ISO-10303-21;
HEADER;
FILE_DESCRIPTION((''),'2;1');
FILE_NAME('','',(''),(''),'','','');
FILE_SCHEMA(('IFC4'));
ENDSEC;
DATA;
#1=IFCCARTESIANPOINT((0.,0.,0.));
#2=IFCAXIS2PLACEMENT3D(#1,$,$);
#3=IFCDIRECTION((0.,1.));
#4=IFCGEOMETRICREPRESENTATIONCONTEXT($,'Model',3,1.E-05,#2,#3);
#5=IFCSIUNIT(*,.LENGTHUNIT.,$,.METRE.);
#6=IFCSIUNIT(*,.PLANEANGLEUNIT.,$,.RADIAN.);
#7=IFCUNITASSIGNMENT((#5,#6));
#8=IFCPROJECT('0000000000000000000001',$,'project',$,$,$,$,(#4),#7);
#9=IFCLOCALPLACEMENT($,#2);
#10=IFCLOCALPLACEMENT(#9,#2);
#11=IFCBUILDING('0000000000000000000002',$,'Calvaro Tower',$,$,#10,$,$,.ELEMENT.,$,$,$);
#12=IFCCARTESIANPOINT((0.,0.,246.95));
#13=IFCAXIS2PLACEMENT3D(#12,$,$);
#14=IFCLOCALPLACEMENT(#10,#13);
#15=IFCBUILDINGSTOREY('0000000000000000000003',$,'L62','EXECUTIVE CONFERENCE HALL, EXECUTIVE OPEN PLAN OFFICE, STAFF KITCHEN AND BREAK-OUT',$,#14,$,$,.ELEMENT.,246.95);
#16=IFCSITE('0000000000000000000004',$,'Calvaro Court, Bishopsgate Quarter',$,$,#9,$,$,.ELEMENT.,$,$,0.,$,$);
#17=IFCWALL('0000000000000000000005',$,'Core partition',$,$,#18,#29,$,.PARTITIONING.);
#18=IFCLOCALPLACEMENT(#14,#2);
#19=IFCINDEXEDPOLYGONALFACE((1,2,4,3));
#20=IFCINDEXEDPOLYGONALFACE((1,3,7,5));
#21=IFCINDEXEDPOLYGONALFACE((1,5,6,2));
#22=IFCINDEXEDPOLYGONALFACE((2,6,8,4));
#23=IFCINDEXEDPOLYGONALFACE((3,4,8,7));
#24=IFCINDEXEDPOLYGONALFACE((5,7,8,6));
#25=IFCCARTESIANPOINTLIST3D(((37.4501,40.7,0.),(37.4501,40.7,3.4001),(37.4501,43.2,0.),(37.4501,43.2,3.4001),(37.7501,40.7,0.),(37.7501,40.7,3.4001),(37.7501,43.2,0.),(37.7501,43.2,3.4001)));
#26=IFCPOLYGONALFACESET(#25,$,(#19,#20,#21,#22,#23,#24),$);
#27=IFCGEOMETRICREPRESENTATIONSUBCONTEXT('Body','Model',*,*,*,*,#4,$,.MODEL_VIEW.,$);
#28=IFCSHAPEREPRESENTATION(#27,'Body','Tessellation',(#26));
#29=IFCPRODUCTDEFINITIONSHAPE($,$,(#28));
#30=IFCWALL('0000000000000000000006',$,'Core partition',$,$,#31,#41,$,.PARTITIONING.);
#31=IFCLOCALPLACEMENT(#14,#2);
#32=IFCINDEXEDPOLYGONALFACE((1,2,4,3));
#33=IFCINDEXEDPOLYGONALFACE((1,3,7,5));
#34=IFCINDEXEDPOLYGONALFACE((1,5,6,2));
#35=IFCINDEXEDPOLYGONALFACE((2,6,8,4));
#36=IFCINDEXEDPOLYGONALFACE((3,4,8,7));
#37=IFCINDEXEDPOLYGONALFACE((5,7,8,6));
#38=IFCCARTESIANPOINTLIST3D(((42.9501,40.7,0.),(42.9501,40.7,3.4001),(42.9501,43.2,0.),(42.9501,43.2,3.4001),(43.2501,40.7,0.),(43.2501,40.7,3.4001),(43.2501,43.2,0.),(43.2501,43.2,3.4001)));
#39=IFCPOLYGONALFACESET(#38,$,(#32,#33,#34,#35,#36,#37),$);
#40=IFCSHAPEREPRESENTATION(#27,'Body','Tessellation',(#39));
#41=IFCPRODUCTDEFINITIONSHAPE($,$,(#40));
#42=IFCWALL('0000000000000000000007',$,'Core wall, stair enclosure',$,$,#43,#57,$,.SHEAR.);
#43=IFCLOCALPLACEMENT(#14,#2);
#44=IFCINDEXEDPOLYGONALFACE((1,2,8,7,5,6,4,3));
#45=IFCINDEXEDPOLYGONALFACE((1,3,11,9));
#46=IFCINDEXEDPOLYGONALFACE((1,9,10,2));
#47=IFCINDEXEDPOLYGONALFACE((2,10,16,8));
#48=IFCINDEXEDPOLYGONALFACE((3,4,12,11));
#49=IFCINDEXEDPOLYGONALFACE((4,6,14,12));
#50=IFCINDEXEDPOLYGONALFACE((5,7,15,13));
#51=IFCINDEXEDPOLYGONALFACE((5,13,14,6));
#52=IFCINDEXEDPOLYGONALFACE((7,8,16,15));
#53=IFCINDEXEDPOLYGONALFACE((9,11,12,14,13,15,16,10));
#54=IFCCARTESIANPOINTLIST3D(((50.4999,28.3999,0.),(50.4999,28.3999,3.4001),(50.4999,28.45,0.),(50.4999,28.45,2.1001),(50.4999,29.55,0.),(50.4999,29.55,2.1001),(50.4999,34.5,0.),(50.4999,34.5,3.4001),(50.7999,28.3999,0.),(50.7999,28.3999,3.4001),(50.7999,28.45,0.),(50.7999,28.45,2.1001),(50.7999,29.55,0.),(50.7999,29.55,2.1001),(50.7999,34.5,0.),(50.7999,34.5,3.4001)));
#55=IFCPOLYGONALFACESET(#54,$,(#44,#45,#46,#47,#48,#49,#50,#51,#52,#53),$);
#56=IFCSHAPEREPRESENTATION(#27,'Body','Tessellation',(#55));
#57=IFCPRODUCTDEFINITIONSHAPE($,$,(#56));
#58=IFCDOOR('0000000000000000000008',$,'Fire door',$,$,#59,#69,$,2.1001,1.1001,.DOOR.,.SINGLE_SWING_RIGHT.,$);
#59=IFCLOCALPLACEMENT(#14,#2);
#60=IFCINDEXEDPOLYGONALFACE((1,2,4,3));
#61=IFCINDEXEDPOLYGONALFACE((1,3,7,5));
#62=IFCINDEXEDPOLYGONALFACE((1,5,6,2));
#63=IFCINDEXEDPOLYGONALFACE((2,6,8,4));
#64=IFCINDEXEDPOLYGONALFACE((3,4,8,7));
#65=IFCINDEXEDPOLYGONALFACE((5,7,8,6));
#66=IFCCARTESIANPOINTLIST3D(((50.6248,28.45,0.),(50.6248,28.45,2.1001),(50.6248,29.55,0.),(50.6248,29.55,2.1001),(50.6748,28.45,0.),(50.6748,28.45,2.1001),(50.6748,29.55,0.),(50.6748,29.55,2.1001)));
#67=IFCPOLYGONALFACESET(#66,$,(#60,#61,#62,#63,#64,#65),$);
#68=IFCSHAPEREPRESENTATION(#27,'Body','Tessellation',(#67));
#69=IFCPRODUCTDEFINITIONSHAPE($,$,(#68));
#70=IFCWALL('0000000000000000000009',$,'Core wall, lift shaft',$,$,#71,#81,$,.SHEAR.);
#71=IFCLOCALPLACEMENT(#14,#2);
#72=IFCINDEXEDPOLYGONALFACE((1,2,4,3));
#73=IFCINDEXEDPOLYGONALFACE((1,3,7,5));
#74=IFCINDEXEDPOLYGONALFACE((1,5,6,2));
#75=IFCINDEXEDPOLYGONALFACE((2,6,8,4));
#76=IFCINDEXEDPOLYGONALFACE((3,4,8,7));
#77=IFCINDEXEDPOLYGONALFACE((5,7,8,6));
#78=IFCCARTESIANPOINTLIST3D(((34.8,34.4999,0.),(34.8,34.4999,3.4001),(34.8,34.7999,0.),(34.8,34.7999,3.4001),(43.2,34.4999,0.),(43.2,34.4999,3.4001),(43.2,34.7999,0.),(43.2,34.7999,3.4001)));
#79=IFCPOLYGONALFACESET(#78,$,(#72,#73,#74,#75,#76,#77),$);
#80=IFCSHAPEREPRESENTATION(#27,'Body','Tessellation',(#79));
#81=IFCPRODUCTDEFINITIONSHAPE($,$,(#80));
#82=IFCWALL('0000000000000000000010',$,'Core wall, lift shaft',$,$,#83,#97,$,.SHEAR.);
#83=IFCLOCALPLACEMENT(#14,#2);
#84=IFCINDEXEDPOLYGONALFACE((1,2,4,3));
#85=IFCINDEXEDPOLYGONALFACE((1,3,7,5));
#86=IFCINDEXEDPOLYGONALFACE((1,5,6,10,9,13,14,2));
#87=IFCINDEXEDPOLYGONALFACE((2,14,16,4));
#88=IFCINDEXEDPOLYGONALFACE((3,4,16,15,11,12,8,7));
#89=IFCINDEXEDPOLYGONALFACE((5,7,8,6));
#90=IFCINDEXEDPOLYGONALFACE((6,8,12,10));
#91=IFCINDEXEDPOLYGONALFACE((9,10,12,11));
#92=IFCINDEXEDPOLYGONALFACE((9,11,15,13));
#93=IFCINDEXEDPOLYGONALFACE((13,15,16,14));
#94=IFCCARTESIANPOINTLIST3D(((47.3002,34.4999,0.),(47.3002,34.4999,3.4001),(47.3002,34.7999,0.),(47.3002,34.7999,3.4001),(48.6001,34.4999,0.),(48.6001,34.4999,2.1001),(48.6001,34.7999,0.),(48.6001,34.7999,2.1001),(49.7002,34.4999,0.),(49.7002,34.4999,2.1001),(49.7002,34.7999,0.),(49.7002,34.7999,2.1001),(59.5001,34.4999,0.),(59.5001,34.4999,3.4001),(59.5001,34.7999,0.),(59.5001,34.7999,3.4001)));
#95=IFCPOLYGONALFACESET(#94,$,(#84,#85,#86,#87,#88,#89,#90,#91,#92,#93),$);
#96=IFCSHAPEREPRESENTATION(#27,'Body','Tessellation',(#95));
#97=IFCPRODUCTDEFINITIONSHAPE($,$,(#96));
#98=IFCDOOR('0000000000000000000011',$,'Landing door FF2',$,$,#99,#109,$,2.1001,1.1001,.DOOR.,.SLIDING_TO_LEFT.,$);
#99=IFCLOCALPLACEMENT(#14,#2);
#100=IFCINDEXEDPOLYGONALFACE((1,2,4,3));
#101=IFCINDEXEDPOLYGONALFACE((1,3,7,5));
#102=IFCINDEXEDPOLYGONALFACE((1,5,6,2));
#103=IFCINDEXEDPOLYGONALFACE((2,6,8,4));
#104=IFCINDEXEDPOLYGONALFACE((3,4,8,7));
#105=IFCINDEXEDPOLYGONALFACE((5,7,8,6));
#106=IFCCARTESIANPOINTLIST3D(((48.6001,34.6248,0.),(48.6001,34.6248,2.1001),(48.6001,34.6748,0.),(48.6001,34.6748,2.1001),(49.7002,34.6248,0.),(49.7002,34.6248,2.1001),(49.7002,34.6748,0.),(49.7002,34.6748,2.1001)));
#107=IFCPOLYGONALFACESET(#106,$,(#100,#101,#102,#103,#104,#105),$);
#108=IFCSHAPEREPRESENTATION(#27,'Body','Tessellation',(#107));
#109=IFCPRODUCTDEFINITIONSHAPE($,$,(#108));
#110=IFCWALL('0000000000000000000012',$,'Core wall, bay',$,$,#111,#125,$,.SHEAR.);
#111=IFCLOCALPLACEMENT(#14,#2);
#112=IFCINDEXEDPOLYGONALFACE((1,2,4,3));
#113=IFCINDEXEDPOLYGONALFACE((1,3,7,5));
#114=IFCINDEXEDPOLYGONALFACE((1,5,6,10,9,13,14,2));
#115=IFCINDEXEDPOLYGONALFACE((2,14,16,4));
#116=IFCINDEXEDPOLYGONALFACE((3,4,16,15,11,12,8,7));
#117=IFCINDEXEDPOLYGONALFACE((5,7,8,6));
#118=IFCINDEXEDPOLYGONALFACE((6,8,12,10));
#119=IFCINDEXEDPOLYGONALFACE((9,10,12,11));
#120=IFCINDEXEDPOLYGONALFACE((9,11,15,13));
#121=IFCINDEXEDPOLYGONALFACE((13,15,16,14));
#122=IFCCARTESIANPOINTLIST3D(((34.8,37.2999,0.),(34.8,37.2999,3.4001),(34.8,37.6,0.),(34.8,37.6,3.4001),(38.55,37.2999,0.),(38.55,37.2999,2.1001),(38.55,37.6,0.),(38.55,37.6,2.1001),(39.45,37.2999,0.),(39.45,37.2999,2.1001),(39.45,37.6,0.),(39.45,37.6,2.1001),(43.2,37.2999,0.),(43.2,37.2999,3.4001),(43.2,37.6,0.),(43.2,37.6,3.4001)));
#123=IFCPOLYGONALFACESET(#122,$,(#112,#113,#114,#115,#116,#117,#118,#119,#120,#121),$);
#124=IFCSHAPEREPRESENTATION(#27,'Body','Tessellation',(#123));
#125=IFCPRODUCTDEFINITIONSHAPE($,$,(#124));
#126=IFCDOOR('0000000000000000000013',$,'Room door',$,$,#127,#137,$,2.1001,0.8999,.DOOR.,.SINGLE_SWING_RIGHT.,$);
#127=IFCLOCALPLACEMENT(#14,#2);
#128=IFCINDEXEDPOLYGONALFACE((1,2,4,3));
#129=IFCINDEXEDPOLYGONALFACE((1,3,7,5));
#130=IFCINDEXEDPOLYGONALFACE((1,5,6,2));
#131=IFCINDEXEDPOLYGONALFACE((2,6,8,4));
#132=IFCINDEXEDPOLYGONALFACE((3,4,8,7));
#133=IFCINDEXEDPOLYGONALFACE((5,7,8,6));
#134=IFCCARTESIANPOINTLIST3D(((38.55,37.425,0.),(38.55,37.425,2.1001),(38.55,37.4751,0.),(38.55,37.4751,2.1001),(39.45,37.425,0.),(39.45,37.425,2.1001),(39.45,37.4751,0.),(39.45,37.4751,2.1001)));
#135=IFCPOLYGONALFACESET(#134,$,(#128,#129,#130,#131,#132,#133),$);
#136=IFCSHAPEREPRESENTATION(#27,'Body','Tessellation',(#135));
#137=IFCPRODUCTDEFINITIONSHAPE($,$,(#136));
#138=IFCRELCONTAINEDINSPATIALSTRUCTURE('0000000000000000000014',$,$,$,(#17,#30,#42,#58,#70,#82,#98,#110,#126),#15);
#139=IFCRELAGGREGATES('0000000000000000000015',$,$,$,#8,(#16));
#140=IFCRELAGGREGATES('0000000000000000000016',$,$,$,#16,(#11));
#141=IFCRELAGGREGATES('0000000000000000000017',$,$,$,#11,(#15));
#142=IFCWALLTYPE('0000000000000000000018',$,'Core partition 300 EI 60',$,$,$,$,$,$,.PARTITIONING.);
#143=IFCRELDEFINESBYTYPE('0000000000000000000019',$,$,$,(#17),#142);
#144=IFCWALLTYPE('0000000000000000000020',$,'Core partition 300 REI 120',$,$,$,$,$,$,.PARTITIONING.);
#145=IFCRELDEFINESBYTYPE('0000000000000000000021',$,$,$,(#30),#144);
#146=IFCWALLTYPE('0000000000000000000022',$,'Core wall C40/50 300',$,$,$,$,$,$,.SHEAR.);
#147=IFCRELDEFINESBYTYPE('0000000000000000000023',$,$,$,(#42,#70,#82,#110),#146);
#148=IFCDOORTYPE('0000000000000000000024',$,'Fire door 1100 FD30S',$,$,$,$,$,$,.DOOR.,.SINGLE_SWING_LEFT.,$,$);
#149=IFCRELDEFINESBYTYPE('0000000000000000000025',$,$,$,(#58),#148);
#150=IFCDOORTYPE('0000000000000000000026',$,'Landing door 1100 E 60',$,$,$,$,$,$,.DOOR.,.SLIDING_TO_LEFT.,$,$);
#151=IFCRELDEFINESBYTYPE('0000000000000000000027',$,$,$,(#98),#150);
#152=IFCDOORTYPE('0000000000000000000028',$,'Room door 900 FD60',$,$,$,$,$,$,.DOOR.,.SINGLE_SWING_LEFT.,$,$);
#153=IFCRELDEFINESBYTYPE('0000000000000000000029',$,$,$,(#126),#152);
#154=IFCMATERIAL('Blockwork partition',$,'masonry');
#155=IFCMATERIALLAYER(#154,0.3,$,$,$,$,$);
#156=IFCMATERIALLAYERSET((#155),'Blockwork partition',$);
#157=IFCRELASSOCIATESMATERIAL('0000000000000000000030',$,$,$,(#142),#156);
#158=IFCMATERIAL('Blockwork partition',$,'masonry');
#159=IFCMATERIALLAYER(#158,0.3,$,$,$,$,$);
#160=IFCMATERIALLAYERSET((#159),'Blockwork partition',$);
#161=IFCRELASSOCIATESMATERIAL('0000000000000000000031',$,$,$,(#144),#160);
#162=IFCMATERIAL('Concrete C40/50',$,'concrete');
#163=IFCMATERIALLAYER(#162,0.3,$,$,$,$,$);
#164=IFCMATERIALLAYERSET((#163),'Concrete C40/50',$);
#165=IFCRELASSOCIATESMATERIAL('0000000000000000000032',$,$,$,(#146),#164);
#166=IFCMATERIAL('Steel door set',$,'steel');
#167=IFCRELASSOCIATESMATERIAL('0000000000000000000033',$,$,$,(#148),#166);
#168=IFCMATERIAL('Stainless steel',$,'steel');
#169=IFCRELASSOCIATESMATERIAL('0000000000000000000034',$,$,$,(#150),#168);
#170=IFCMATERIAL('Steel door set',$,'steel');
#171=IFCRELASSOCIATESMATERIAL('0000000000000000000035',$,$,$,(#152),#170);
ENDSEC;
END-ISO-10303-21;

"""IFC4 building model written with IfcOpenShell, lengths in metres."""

from ifc_helpers import new_model, si_unit, direction, frame, frame_2d, origin, place, context, subcontext, project, spatial, rectangle, extrude, material, layer, layer_set, type_object, element, fill, save


model = new_model("IFC4")

# Units and contexts
model_context = context("Model", 3, precision=1e-05, world=origin(), true_north=direction((0.0, 1.0)))
body_context = subcontext(model_context, "Body", "Model", "MODEL_VIEW")
ifc_project = project(units=[si_unit("LENGTHUNIT", "METRE"), si_unit("PLANEANGLEUNIT", "RADIAN")], contexts=[model_context])

# Site, building, storey
site_placement = place(None, origin())
site = spatial("IfcSite", under=ifc_project, at=site_placement, Name="Calvaro Court, Bishopsgate Quarter", CompositionType="ELEMENT", RefElevation=0.0)
building_placement = place(site_placement, origin())
building = spatial("IfcBuilding", under=site, at=building_placement, Name="Calvaro Tower", CompositionType="ELEMENT")
storey_placement = place(building_placement, frame((0.0, 0.0, 246.95)))
storey = spatial("IfcBuildingStorey", under=building, at=storey_placement, Name="L62", Description="EXECUTIVE CONFERENCE HALL, EXECUTIVE OPEN PLAN OFFICE, STAFF KITCHEN AND BREAK-OUT", CompositionType="ELEMENT", Elevation=246.95)

# Walls
ifc_material_1 = material(Name="Blockwork partition", Category="masonry")
ifc_layer_1 = layer(ifc_material_1, 0.3)
ifc_layer_set_1 = layer_set([ifc_layer_1], Name="Blockwork partition")
wall_type_1 = type_object("IfcWallType", Name="Core partition 300 EI 60", PredefinedType="PARTITIONING", material=ifc_layer_set_1)
wall_1_placement = place(storey_placement, frame((37.6001, 40.7, 0.0), z_axis=(0.0, 0.0, 1.0), x_axis=(0.0, 1.0, 0.0)))
element("IfcWall", 1, at=wall_1_placement, inside=storey, type_object=wall_type_1, Name="Core partition", PredefinedType="PARTITIONING", context=body_context, shape_type="SweptSolid", body=[
    extrude(rectangle(XDim=2.5, YDim=0.3, at=frame_2d((1.25, 0.0))), origin(), (0.0, 0.0, 1.0), 3.4001),
])
ifc_material_2 = material(Name="Blockwork partition", Category="masonry")
ifc_layer_2 = layer(ifc_material_2, 0.3)
ifc_layer_set_2 = layer_set([ifc_layer_2], Name="Blockwork partition")
wall_type_2 = type_object("IfcWallType", Name="Core partition 300 REI 120", PredefinedType="PARTITIONING", material=ifc_layer_set_2)
wall_2_placement = place(storey_placement, frame((43.1001, 40.7, 0.0), z_axis=(0.0, 0.0, 1.0), x_axis=(0.0, 1.0, 0.0)))
element("IfcWall", 2, at=wall_2_placement, inside=storey, type_object=wall_type_2, Name="Core partition", PredefinedType="PARTITIONING", context=body_context, shape_type="SweptSolid", body=[
    extrude(rectangle(XDim=2.5, YDim=0.3, at=frame_2d((1.25, 0.0))), origin(), (0.0, 0.0, 1.0), 3.4001),
])

# Wall, opening, door
ifc_material_3 = material(Name="Concrete C40/50", Category="concrete")
ifc_layer_3 = layer(ifc_material_3, 0.3)
ifc_layer_set_3 = layer_set([ifc_layer_3], Name="Concrete C40/50")
wall_type_3 = type_object("IfcWallType", Name="Core wall C40/50 300", PredefinedType="SHEAR", material=ifc_layer_set_3)
wall_3_placement = place(storey_placement, frame((50.6499, 34.5, 0.0), z_axis=(0.0, 0.0, 1.0), x_axis=(0.0, -1.0, 0.0)))
wall_3 = element("IfcWall", 3, at=wall_3_placement, inside=storey, type_object=wall_type_3, Name="Core wall, stair enclosure", PredefinedType="SHEAR", context=body_context, shape_type="SweptSolid", body=[
    extrude(rectangle(XDim=6.1001, YDim=0.3, at=frame_2d((3.05, 0.0))), origin(), (0.0, 0.0, 1.0), 3.4001),
])
opening_1_placement = place(wall_3_placement, frame((4.95, 0.0, 0.0)))
opening_1 = element("IfcOpeningElement", 4, at=opening_1_placement, cuts=wall_3, PredefinedType="OPENING", context=body_context, shape_type="SweptSolid", body=[
    extrude(rectangle(XDim=1.1001, YDim=2.1001, at=frame_2d((0.55, 1.05))), frame((0.0, 0.1599, 0.0), z_axis=(0.0, -1.0, 0.0), x_axis=(1.0, 0.0, 0.0)), (0.0, 0.0, 1.0), 0.3201),
])
ifc_material_4 = material(Name="Steel door set", Category="steel")
door_type_1 = type_object("IfcDoorType", Name="Fire door 1100 FD30S", OperationType="SINGLE_SWING_LEFT", PredefinedType="DOOR", material=ifc_material_4)
door_1_placement = place(opening_1_placement, origin())
door_1 = element("IfcDoor", 5, at=door_1_placement, inside=storey, type_object=door_type_1, Name="Fire door", OperationType="SINGLE_SWING_RIGHT", OverallHeight=2.1001, OverallWidth=1.1001, PredefinedType="DOOR", context=body_context, shape_type="SweptSolid", body=[
    extrude(rectangle(XDim=1.1001, YDim=2.1001, at=frame_2d((0.55, 1.05))), frame((0.0, 0.0249, 0.0), z_axis=(0.0, -1.0, 0.0), x_axis=(1.0, 0.0, 0.0)), (0.0, 0.0, 1.0), 0.05),
])
fill(opening_1, door_1)

# Wall
wall_4_placement = place(storey_placement, frame((34.8, 34.6499, 0.0), z_axis=(0.0, 0.0, 1.0), x_axis=(1.0, 0.0, 0.0)))
element("IfcWall", 6, at=wall_4_placement, inside=storey, type_object=wall_type_3, Name="Core wall, lift shaft", PredefinedType="SHEAR", context=body_context, shape_type="SweptSolid", body=[
    extrude(rectangle(XDim=8.3999, YDim=0.3, at=frame_2d((4.2, 0.0))), origin(), (0.0, 0.0, 1.0), 3.4001),
])

# Walls, openings, doors
wall_5_placement = place(storey_placement, frame((47.3, 34.6499, 0.0), z_axis=(0.0, 0.0, 1.0), x_axis=(1.0, 0.0, 0.0)))
wall_5 = element("IfcWall", 7, at=wall_5_placement, inside=storey, type_object=wall_type_3, Name="Core wall, lift shaft", PredefinedType="SHEAR", context=body_context, shape_type="SweptSolid", body=[
    extrude(rectangle(XDim=12.2, YDim=0.3, at=frame_2d((6.1001, 0.0))), origin(), (0.0, 0.0, 1.0), 3.4001),
])
opening_2_placement = place(wall_5_placement, frame((1.3, 0.0, 0.0)))
opening_2 = element("IfcOpeningElement", 8, at=opening_2_placement, cuts=wall_5, PredefinedType="OPENING", context=body_context, shape_type="SweptSolid", body=[
    extrude(rectangle(XDim=1.1001, YDim=2.1001, at=frame_2d((0.55, 1.05))), frame((0.0, 0.1599, 0.0), z_axis=(0.0, -1.0, 0.0), x_axis=(1.0, 0.0, 0.0)), (0.0, 0.0, 1.0), 0.3201),
])
ifc_material_5 = material(Name="Stainless steel", Category="steel")
door_type_2 = type_object("IfcDoorType", Name="Landing door 1100 E 60", OperationType="SLIDING_TO_LEFT", PredefinedType="DOOR", material=ifc_material_5)
door_2_placement = place(opening_2_placement, origin())
door_2 = element("IfcDoor", 9, at=door_2_placement, inside=storey, type_object=door_type_2, Name="Landing door FF2", OperationType="SLIDING_TO_LEFT", OverallHeight=2.1001, OverallWidth=1.1001, PredefinedType="DOOR", context=body_context, shape_type="SweptSolid", body=[
    extrude(rectangle(XDim=1.1001, YDim=2.1001, at=frame_2d((0.55, 1.05))), frame((0.0, 0.0249, 0.0), z_axis=(0.0, -1.0, 0.0), x_axis=(1.0, 0.0, 0.0)), (0.0, 0.0, 1.0), 0.05),
])
fill(opening_2, door_2)
wall_6_placement = place(storey_placement, frame((43.2, 37.45, 0.0), z_axis=(0.0, 0.0, 1.0), x_axis=(-1.0, 0.0, 0.0)))
wall_6 = element("IfcWall", 10, at=wall_6_placement, inside=storey, type_object=wall_type_3, Name="Core wall, bay", PredefinedType="SHEAR", context=body_context, shape_type="SweptSolid", body=[
    extrude(rectangle(XDim=8.3999, YDim=0.3, at=frame_2d((4.2, 0.0))), origin(), (0.0, 0.0, 1.0), 3.4001),
])
opening_3_placement = place(wall_6_placement, frame((3.75, 0.0, 0.0)))
opening_3 = element("IfcOpeningElement", 11, at=opening_3_placement, cuts=wall_6, PredefinedType="OPENING", context=body_context, shape_type="SweptSolid", body=[
    extrude(rectangle(XDim=0.8999, YDim=2.1001, at=frame_2d((0.45, 1.05))), frame((0.0, 0.1599, 0.0), z_axis=(0.0, -1.0, 0.0), x_axis=(1.0, 0.0, 0.0)), (0.0, 0.0, 1.0), 0.3201),
])
ifc_material_6 = material(Name="Steel door set", Category="steel")
door_type_3 = type_object("IfcDoorType", Name="Room door 900 FD60", OperationType="SINGLE_SWING_LEFT", PredefinedType="DOOR", material=ifc_material_6)
door_3_placement = place(opening_3_placement, origin())
door_3 = element("IfcDoor", 12, at=door_3_placement, inside=storey, type_object=door_type_3, Name="Room door", OperationType="SINGLE_SWING_RIGHT", OverallHeight=2.1001, OverallWidth=0.8999, PredefinedType="DOOR", context=body_context, shape_type="SweptSolid", body=[
    extrude(rectangle(XDim=0.8999, YDim=2.1001, at=frame_2d((0.45, 1.05))), frame((0.0, 0.0249, 0.0), z_axis=(0.0, -1.0, 0.0), x_axis=(1.0, 0.0, 0.0)), (0.0, 0.0, 1.0), 0.05),
])
fill(opening_3, door_3)

save(model, "model.ifc")
